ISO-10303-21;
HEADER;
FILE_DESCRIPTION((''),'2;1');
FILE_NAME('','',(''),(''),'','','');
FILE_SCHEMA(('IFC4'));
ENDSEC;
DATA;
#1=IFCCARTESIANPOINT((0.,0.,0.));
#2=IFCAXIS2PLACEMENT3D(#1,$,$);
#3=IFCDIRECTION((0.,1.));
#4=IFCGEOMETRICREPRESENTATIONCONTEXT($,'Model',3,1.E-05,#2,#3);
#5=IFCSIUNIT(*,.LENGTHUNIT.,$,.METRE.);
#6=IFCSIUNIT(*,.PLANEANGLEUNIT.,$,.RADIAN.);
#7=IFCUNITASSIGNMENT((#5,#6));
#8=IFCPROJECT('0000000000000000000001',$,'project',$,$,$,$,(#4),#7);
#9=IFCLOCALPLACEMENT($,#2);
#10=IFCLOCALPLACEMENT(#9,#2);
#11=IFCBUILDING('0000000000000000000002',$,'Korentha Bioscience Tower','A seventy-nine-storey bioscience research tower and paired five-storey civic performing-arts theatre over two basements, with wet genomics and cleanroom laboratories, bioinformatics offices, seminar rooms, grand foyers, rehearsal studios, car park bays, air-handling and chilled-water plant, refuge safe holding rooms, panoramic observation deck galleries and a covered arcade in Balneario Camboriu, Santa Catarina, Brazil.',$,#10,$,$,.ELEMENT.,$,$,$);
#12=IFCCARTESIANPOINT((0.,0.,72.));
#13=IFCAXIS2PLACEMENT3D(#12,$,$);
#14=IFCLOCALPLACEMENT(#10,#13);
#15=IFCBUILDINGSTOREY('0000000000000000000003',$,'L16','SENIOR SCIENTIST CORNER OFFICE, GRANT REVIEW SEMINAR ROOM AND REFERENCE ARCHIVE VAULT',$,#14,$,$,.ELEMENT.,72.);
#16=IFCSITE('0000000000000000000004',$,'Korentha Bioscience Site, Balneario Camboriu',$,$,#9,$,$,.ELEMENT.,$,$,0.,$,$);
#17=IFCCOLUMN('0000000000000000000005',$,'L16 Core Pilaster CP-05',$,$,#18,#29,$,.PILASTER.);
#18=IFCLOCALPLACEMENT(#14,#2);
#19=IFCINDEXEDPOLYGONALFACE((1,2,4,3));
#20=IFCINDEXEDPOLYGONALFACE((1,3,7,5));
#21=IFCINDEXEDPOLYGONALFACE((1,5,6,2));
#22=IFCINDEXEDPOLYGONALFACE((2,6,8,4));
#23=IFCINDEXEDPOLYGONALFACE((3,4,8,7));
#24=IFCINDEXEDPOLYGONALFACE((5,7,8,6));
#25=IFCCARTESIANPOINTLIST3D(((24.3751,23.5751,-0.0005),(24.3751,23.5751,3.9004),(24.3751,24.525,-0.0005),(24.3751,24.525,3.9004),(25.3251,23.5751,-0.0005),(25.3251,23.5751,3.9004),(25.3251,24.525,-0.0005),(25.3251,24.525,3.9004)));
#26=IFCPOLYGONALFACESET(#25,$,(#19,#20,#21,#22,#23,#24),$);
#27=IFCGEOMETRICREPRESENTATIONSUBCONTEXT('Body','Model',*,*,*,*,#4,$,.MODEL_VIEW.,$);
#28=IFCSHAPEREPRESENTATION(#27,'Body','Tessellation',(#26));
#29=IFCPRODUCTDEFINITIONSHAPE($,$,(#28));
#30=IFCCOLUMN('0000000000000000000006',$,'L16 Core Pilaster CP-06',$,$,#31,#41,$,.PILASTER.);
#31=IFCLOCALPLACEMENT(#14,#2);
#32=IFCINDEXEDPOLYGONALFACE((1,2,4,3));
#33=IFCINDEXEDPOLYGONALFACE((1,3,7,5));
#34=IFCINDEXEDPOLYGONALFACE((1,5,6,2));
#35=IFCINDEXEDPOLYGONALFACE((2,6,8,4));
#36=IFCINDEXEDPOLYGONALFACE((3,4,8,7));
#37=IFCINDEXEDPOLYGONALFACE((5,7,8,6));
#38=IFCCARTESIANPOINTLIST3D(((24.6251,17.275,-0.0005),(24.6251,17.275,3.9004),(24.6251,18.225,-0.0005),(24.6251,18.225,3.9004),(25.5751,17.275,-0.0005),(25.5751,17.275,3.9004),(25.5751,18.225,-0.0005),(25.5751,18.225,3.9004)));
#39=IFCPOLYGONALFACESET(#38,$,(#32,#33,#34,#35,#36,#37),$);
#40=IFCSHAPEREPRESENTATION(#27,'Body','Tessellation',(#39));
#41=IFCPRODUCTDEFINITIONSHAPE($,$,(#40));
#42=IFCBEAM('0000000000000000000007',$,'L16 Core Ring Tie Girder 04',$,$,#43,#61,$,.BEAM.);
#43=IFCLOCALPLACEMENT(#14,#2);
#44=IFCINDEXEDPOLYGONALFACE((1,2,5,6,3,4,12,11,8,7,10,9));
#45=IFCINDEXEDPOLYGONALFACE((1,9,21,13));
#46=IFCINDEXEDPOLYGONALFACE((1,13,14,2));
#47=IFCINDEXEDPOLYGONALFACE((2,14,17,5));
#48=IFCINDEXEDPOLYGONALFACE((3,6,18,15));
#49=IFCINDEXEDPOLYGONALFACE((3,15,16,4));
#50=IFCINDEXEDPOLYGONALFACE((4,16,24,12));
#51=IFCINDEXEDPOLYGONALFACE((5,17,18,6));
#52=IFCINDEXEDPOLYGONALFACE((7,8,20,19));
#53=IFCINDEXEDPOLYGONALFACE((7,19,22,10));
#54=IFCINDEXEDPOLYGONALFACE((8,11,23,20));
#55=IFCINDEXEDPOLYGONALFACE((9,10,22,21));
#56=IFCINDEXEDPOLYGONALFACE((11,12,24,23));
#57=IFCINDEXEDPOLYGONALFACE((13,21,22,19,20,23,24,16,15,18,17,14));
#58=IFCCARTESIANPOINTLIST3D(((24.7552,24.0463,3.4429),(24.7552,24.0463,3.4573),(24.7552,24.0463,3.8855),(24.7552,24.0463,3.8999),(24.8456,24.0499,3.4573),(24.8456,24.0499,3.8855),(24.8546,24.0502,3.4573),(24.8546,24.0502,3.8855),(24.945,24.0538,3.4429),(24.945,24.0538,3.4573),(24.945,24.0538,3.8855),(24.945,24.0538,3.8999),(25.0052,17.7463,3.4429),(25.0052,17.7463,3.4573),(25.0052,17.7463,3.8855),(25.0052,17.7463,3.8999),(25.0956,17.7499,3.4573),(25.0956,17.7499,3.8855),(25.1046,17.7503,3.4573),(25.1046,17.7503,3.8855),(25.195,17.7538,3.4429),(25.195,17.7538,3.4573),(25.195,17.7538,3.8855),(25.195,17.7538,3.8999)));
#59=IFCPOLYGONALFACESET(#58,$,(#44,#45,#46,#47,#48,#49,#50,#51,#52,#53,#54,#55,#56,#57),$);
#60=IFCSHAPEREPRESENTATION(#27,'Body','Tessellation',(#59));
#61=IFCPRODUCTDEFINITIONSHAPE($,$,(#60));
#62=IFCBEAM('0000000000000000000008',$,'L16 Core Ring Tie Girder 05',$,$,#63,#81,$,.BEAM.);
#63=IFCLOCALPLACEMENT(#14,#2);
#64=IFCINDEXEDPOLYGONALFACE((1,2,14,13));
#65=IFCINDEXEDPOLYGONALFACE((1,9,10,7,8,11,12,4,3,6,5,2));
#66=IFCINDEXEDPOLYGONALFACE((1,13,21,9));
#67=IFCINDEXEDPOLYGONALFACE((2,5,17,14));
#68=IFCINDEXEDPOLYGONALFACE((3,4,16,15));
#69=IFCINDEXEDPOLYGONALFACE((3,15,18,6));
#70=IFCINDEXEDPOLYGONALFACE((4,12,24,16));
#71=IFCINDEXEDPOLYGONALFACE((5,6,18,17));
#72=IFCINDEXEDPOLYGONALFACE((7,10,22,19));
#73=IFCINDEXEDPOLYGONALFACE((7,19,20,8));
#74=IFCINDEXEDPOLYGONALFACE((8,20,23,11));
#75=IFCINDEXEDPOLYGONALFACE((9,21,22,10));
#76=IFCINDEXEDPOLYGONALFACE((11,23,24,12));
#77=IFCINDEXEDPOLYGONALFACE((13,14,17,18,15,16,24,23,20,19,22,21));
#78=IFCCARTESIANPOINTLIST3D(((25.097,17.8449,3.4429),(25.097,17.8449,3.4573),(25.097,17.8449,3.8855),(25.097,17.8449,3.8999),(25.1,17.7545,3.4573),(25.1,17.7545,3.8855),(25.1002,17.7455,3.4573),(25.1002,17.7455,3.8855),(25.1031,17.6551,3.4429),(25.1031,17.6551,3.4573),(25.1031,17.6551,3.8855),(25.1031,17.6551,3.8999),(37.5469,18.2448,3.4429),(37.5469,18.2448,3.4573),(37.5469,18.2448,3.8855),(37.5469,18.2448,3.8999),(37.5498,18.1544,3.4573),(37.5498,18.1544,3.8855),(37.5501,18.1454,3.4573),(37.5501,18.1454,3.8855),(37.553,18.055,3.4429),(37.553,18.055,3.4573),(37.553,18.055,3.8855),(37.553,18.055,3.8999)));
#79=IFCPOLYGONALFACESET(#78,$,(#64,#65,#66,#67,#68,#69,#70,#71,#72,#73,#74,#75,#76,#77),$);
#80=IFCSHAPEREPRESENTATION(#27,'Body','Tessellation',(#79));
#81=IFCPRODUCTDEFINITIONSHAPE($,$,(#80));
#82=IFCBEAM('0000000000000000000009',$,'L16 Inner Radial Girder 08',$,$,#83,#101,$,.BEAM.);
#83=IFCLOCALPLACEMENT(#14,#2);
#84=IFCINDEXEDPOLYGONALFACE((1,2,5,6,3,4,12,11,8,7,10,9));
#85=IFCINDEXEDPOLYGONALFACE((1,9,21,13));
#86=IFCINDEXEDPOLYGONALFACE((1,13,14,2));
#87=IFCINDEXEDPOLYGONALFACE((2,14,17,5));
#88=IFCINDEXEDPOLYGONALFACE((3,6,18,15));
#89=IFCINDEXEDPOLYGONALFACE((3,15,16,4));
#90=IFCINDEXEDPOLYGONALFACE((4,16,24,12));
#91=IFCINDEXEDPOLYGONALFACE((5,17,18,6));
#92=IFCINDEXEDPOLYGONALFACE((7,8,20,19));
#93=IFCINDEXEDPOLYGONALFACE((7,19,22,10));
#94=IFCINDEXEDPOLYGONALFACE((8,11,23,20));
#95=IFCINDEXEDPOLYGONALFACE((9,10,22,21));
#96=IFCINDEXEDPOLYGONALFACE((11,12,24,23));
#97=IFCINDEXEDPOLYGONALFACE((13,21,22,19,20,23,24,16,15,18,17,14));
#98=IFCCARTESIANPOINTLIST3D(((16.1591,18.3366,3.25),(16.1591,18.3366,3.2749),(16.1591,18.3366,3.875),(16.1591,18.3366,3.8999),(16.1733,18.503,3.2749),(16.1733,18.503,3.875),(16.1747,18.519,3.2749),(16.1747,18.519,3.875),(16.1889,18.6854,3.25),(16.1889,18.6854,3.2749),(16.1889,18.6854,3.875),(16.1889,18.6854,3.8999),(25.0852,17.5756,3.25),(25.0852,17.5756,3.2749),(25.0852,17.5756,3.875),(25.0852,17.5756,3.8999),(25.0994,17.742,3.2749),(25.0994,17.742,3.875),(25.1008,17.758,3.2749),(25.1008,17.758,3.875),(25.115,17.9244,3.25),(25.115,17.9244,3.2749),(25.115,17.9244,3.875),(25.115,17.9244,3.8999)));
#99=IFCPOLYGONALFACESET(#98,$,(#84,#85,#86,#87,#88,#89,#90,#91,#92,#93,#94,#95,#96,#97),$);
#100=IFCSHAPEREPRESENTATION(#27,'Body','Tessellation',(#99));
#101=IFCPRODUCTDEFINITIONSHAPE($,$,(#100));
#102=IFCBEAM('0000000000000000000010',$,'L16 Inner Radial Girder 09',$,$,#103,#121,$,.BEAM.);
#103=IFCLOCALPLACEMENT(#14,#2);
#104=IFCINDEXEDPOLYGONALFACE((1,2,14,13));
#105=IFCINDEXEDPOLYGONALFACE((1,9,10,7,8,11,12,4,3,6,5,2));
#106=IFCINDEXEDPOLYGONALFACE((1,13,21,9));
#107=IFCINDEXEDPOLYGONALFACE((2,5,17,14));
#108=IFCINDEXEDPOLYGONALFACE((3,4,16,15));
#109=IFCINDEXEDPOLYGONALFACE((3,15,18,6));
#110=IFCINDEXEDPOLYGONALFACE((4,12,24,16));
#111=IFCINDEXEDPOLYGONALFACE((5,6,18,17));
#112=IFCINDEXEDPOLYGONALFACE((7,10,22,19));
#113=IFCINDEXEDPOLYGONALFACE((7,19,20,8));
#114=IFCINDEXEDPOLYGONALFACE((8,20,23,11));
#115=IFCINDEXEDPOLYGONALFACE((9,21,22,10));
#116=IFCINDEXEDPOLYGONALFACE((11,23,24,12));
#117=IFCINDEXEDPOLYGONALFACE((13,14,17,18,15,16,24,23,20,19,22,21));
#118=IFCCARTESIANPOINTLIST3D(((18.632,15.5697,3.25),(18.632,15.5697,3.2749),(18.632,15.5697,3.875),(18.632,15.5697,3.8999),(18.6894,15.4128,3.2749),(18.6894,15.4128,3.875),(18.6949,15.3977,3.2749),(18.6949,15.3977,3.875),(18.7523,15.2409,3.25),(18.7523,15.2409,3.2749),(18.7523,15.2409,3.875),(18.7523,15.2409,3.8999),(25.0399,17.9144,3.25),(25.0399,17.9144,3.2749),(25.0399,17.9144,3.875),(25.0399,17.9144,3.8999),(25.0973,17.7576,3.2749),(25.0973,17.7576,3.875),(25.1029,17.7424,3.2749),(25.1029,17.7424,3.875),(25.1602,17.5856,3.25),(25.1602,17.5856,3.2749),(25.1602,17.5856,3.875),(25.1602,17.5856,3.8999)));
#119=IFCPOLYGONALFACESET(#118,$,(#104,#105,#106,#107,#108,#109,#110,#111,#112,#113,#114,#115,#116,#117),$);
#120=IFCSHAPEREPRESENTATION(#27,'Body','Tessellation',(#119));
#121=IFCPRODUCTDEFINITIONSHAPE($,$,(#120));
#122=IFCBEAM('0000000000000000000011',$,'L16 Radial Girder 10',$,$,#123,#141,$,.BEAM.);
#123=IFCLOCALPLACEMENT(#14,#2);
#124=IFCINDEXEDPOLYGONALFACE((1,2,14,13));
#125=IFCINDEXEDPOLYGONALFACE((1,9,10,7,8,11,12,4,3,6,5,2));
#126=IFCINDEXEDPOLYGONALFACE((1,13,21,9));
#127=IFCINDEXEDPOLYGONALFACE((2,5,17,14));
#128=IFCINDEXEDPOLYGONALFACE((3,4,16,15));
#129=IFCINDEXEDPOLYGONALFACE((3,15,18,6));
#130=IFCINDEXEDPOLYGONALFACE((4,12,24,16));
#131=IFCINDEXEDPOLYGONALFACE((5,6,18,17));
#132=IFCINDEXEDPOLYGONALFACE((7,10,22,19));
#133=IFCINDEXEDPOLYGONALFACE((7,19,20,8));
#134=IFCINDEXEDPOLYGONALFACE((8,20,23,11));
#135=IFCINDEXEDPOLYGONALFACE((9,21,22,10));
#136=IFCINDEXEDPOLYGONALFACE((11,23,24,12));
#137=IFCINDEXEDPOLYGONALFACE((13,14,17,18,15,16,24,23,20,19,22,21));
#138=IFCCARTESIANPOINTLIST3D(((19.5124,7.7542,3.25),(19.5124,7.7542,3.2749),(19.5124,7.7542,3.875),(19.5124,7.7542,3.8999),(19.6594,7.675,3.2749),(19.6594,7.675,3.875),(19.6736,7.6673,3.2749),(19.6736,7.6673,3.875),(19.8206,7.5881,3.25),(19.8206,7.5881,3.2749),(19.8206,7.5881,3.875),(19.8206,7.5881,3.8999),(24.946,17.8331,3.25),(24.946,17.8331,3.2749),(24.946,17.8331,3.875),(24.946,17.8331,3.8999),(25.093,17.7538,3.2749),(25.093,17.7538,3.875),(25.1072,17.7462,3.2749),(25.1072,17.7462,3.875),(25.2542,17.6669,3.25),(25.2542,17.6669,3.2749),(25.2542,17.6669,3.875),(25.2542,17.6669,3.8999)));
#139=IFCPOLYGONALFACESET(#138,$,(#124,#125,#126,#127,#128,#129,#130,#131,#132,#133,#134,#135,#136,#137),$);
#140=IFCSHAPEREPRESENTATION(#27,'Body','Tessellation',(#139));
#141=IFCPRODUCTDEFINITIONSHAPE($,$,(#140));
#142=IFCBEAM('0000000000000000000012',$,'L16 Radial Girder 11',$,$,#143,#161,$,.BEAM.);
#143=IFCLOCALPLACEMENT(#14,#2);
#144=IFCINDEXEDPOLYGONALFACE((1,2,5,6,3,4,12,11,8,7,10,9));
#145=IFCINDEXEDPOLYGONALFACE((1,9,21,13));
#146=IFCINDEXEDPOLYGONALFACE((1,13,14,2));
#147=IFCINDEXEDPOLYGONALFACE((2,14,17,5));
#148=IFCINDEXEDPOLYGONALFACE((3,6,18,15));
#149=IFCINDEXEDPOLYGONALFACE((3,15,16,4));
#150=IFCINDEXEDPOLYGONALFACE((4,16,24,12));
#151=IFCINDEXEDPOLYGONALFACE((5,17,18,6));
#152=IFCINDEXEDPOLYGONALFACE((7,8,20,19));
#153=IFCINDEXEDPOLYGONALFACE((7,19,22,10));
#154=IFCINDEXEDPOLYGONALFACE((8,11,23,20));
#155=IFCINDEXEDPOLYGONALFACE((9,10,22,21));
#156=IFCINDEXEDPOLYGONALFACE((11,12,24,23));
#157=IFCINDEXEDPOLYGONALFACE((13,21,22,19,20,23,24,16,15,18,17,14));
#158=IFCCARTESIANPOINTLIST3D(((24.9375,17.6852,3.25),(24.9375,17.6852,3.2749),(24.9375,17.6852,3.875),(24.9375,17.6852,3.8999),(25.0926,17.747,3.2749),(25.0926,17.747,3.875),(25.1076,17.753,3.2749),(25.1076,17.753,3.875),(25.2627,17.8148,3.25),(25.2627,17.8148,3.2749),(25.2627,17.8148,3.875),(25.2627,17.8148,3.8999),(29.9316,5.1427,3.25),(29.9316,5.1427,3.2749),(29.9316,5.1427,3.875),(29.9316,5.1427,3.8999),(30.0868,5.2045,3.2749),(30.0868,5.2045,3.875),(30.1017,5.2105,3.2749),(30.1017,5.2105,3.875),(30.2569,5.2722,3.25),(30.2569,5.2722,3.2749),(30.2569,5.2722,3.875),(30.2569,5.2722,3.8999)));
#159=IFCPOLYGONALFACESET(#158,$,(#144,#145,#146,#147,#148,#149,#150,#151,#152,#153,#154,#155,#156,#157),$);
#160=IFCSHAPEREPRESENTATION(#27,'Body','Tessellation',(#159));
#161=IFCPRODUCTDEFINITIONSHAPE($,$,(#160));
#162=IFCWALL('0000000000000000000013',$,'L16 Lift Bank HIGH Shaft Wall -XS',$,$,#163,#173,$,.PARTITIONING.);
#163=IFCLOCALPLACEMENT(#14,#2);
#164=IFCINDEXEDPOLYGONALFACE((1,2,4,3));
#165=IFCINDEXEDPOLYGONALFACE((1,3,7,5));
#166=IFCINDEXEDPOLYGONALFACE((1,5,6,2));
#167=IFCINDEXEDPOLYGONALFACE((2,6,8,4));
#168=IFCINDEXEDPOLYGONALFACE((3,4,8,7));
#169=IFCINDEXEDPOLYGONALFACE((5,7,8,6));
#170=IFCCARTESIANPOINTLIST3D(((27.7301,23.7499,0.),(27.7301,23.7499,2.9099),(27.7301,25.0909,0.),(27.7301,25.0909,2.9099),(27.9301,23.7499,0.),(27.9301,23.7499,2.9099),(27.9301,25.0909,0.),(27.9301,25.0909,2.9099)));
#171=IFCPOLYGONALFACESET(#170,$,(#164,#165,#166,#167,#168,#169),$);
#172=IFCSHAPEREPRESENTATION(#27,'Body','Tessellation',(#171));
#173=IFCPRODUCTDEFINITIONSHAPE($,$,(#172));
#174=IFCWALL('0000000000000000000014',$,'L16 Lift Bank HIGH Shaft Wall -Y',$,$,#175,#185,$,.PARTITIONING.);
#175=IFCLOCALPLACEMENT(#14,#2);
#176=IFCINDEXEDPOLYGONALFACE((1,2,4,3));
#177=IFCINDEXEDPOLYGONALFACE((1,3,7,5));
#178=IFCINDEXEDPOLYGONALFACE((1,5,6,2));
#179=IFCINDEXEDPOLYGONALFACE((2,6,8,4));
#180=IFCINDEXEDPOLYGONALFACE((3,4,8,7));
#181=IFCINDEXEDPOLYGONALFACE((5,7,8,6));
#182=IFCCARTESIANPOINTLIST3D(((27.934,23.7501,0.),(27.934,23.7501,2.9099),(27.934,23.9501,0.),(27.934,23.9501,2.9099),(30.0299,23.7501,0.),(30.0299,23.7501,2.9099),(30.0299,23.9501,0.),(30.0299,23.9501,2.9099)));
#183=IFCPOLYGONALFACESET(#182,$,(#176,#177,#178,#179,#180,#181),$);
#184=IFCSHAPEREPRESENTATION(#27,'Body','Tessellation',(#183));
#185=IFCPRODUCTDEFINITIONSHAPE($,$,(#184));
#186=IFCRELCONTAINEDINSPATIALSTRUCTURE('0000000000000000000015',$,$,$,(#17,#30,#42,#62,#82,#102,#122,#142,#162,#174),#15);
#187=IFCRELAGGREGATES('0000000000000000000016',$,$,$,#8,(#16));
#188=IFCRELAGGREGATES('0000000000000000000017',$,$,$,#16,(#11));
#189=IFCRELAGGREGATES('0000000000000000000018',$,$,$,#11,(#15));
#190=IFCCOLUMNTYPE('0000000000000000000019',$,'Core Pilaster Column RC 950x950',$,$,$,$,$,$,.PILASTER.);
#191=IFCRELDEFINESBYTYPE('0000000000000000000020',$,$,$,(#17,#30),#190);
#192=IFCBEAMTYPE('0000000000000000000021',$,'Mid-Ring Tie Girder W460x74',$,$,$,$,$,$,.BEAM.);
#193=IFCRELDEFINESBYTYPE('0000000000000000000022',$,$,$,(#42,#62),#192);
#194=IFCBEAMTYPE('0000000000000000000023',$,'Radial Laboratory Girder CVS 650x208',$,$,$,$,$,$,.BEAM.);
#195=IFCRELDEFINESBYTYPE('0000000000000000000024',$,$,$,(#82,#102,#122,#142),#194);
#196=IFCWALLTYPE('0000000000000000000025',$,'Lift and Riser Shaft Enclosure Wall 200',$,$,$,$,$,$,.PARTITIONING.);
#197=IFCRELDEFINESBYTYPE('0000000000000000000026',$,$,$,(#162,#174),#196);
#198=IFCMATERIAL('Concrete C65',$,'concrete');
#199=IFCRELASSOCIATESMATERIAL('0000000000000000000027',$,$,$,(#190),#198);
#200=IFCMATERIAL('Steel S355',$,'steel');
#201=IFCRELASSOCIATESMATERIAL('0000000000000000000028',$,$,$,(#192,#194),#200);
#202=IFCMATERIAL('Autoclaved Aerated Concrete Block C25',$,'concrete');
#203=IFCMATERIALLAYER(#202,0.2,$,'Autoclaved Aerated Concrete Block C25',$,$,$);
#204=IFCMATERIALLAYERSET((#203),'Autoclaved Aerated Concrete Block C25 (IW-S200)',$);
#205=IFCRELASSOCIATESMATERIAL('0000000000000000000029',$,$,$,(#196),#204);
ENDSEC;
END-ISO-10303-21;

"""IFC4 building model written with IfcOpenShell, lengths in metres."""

from ifc_helpers import new_model, si_unit, direction, frame, frame_2d, origin, origin_2d, place, context, subcontext, project, spatial, rectangle, i_section, extrude, material, layer, layer_set, material_profile, profile_set, type_object, element, save


model = new_model("IFC4")

# Units and contexts
model_context = context("Model", 3, precision=1e-05, world=origin(), true_north=direction((0.0, 1.0)))
body_context = subcontext(model_context, "Body", "Model", "MODEL_VIEW")
ifc_project = project(units=[si_unit("LENGTHUNIT", "METRE"), si_unit("PLANEANGLEUNIT", "RADIAN")], contexts=[model_context])

# Site, building, storey
site_placement = place(None, origin())
site = spatial("IfcSite", under=ifc_project, at=site_placement, Name="Korentha Bioscience Site, Balneario Camboriu", CompositionType="ELEMENT", RefElevation=0.0)
building_placement = place(site_placement, origin())
building = spatial("IfcBuilding", under=site, at=building_placement, Name="Korentha Bioscience Tower", Description="A seventy-nine-storey bioscience research tower and paired five-storey civic performing-arts theatre over two basements, with wet genomics and cleanroom laboratories, bioinformatics offices, seminar rooms, grand foyers, rehearsal studios, car park bays, air-handling and chilled-water plant, refuge safe holding rooms, panoramic observation deck galleries and a covered arcade in Balneario Camboriu, Santa Catarina, Brazil.", CompositionType="ELEMENT")
storey_placement = place(building_placement, frame((0.0, 0.0, 72.0)))
storey = spatial("IfcBuildingStorey", under=building, at=storey_placement, Name="L16", Description="SENIOR SCIENTIST CORNER OFFICE, GRANT REVIEW SEMINAR ROOM AND REFERENCE ARCHIVE VAULT", CompositionType="ELEMENT", Elevation=72.0)

# Columns
ifc_material_1 = material(Name="Concrete C65", Category="concrete")
ifc_material_profile_1 = material_profile(ifc_material_1, rectangle(XDim=0.95, YDim=0.95, at=origin_2d()), Name="Concrete C65")
ifc_profile_set_1 = profile_set([ifc_material_profile_1], Name="Concrete C65 (COL-CP09)")
column_type = type_object("IfcColumnType", Name="Core Pilaster Column RC 950x950", PredefinedType="PILASTER", material=ifc_profile_set_1)
for number, where, z_axis, x_axis, name in (
    (1, (24.8501, 24.05, -0.0005), (0.0, 0.0, 1.0), (1.0, 0.0, 0.0), "L16 Core Pilaster CP-05"),
    (2, (25.1001, 17.75, -0.0005), (0.0, 0.0, 1.0), (1.0, 0.0, 0.0), "L16 Core Pilaster CP-06"),
):
    element("IfcColumn", number, at=place(storey_placement, frame(where, z_axis=z_axis, x_axis=x_axis)), inside=storey, type_object=column_type, Name=name, PredefinedType="PILASTER", context=body_context, shape_type="SweptSolid", body=[
        extrude(rectangle(XDim=0.95, YDim=0.95, at=origin_2d()), origin(), (0.0, 0.0, 1.0), 3.9009),
    ])

# Beams
ifc_material_2 = material(Name="Steel S355", Category="steel")
ifc_material_profile_2 = material_profile(ifc_material_2, i_section(OverallWidth=0.1899, OverallDepth=0.457, WebThickness=0.009, FlangeThickness=0.0144, at=origin_2d()), Name="Steel S355")
ifc_profile_set_2 = profile_set([ifc_material_profile_2], Name="Steel S355 (MB-460)")
beam_type_1 = type_object("IfcBeamType", Name="Mid-Ring Tie Girder W460x74", PredefinedType="BEAM", material=ifc_profile_set_2)
beam_1_placement = place(storey_placement, frame((24.8501, 24.05, 3.6714), z_axis=(0.039651, -0.999214, 0.0), x_axis=(0.999214, 0.039651, 0.0)))
element("IfcBeam", 3, at=beam_1_placement, inside=storey, type_object=beam_type_1, Name="L16 Core Ring Tie Girder 04", PredefinedType="BEAM", context=body_context, shape_type="SweptSolid", body=[
    extrude(i_section(OverallWidth=0.1899, OverallDepth=0.457, WebThickness=0.009, FlangeThickness=0.0144, at=origin_2d()), origin(), (0.0, 0.0, 1.0), 6.3049),
])
beam_2_placement = place(storey_placement, frame((25.1001, 17.75, 3.6714), z_axis=(0.999485, 0.032104, 0.0), x_axis=(-0.032104, 0.999485, 0.0)))
element("IfcBeam", 4, at=beam_2_placement, inside=storey, type_object=beam_type_1, Name="L16 Core Ring Tie Girder 05", PredefinedType="BEAM", context=body_context, shape_type="SweptSolid", body=[
    extrude(i_section(OverallWidth=0.1899, OverallDepth=0.457, WebThickness=0.009, FlangeThickness=0.0144, at=origin_2d()), origin(), (0.0, 0.0, 1.0), 12.4563),
])
ifc_material_profile_3 = material_profile(ifc_material_2, i_section(OverallWidth=0.3501, OverallDepth=0.6499, WebThickness=0.0161, FlangeThickness=0.0249, at=origin_2d()), Name="Steel S355")
ifc_profile_set_3 = profile_set([ifc_material_profile_3], Name="Steel S355 (RB-650)")
beam_type_2 = type_object("IfcBeamType", Name="Radial Laboratory Girder CVS 650x208", PredefinedType="BEAM", material=ifc_profile_set_3)
beam_3_placement = place(storey_placement, frame((25.1001, 17.75, 3.575), z_axis=(-0.996386, 0.084947, 0.0), x_axis=(-0.084947, -0.996386, 0.0)))
element("IfcBeam", 5, at=beam_3_placement, inside=storey, type_object=beam_type_2, Name="L16 Inner Radial Girder 08", PredefinedType="BEAM", context=body_context, shape_type="SweptSolid", body=[
    extrude(i_section(OverallWidth=0.3501, OverallDepth=0.6499, WebThickness=0.0161, FlangeThickness=0.0249, at=origin_2d()), origin(), (0.0, 0.0, 1.0), 8.9585),
])
beam_4_placement = place(storey_placement, frame((25.1001, 17.75, 3.575), z_axis=(-0.939106, -0.343627, 0.0), x_axis=(0.343627, -0.939106, 0.0)))
element("IfcBeam", 6, at=beam_4_placement, inside=storey, type_object=beam_type_2, Name="L16 Inner Radial Girder 09", PredefinedType="BEAM", context=body_context, shape_type="SweptSolid", body=[
    extrude(i_section(OverallWidth=0.3501, OverallDepth=0.6499, WebThickness=0.0161, FlangeThickness=0.0249, at=origin_2d()), origin(), (0.0, 0.0, 1.0), 6.8235),
])
beam_5_placement = place(storey_placement, frame((25.1001, 17.75, 3.575), z_axis=(-0.474541, -0.880233, 0.0), x_axis=(0.880233, -0.474541, 0.0)))
element("IfcBeam", 7, at=beam_5_placement, inside=storey, type_object=beam_type_2, Name="L16 Radial Girder 10", PredefinedType="BEAM", context=body_context, shape_type="SweptSolid", body=[
    extrude(i_section(OverallWidth=0.3501, OverallDepth=0.6499, WebThickness=0.0161, FlangeThickness=0.0249, at=origin_2d()), origin(), (0.0, 0.0, 1.0), 11.4502),
])
beam_6_placement = place(storey_placement, frame((25.1001, 17.75, 3.575), z_axis=(0.369931, -0.929059, 0.0), x_axis=(0.929059, 0.369931, 0.0)))
element("IfcBeam", 8, at=beam_6_placement, inside=storey, type_object=beam_type_2, Name="L16 Radial Girder 11", PredefinedType="BEAM", context=body_context, shape_type="SweptSolid", body=[
    extrude(i_section(OverallWidth=0.3501, OverallDepth=0.6499, WebThickness=0.0161, FlangeThickness=0.0249, at=origin_2d()), origin(), (0.0, 0.0, 1.0), 13.5002),
])

# Walls
ifc_material_3 = material(Name="Autoclaved Aerated Concrete Block C25", Category="concrete")
ifc_layer_1 = layer(ifc_material_3, 0.2, Name="Autoclaved Aerated Concrete Block C25")
ifc_layer_set_1 = layer_set([ifc_layer_1], Name="Autoclaved Aerated Concrete Block C25 (IW-S200)")
wall_type_1 = type_object("IfcWallType", Name="Lift and Riser Shaft Enclosure Wall 200", PredefinedType="PARTITIONING", material=ifc_layer_set_1)
wall_1_placement = place(storey_placement, frame((27.8301, 23.75, 0.0), z_axis=(0.0, 0.0, 1.0), x_axis=(0.0, 1.0, 0.0)))
element("IfcWall", 9, at=wall_1_placement, inside=storey, type_object=wall_type_1, Name="L16 Lift Bank HIGH Shaft Wall -XS", PredefinedType="PARTITIONING", context=body_context, shape_type="SweptSolid", body=[
    extrude(rectangle(XDim=1.3411, YDim=0.2, at=frame_2d((0.6704, 0.0))), origin(), (0.0, 0.0, 1.0), 2.9099),
])
wall_2_placement = place(storey_placement, frame((27.9341, 23.8501, 0.0), z_axis=(0.0, 0.0, 1.0), x_axis=(1.0, 0.0, 0.0)))
element("IfcWall", 10, at=wall_2_placement, inside=storey, type_object=wall_type_1, Name="L16 Lift Bank HIGH Shaft Wall -Y", PredefinedType="PARTITIONING", context=body_context, shape_type="SweptSolid", body=[
    extrude(rectangle(XDim=2.0959, YDim=0.2, at=frame_2d((1.0479, 0.0))), origin(), (0.0, 0.0, 1.0), 2.9099),
])

save(model, "model.ifc")
